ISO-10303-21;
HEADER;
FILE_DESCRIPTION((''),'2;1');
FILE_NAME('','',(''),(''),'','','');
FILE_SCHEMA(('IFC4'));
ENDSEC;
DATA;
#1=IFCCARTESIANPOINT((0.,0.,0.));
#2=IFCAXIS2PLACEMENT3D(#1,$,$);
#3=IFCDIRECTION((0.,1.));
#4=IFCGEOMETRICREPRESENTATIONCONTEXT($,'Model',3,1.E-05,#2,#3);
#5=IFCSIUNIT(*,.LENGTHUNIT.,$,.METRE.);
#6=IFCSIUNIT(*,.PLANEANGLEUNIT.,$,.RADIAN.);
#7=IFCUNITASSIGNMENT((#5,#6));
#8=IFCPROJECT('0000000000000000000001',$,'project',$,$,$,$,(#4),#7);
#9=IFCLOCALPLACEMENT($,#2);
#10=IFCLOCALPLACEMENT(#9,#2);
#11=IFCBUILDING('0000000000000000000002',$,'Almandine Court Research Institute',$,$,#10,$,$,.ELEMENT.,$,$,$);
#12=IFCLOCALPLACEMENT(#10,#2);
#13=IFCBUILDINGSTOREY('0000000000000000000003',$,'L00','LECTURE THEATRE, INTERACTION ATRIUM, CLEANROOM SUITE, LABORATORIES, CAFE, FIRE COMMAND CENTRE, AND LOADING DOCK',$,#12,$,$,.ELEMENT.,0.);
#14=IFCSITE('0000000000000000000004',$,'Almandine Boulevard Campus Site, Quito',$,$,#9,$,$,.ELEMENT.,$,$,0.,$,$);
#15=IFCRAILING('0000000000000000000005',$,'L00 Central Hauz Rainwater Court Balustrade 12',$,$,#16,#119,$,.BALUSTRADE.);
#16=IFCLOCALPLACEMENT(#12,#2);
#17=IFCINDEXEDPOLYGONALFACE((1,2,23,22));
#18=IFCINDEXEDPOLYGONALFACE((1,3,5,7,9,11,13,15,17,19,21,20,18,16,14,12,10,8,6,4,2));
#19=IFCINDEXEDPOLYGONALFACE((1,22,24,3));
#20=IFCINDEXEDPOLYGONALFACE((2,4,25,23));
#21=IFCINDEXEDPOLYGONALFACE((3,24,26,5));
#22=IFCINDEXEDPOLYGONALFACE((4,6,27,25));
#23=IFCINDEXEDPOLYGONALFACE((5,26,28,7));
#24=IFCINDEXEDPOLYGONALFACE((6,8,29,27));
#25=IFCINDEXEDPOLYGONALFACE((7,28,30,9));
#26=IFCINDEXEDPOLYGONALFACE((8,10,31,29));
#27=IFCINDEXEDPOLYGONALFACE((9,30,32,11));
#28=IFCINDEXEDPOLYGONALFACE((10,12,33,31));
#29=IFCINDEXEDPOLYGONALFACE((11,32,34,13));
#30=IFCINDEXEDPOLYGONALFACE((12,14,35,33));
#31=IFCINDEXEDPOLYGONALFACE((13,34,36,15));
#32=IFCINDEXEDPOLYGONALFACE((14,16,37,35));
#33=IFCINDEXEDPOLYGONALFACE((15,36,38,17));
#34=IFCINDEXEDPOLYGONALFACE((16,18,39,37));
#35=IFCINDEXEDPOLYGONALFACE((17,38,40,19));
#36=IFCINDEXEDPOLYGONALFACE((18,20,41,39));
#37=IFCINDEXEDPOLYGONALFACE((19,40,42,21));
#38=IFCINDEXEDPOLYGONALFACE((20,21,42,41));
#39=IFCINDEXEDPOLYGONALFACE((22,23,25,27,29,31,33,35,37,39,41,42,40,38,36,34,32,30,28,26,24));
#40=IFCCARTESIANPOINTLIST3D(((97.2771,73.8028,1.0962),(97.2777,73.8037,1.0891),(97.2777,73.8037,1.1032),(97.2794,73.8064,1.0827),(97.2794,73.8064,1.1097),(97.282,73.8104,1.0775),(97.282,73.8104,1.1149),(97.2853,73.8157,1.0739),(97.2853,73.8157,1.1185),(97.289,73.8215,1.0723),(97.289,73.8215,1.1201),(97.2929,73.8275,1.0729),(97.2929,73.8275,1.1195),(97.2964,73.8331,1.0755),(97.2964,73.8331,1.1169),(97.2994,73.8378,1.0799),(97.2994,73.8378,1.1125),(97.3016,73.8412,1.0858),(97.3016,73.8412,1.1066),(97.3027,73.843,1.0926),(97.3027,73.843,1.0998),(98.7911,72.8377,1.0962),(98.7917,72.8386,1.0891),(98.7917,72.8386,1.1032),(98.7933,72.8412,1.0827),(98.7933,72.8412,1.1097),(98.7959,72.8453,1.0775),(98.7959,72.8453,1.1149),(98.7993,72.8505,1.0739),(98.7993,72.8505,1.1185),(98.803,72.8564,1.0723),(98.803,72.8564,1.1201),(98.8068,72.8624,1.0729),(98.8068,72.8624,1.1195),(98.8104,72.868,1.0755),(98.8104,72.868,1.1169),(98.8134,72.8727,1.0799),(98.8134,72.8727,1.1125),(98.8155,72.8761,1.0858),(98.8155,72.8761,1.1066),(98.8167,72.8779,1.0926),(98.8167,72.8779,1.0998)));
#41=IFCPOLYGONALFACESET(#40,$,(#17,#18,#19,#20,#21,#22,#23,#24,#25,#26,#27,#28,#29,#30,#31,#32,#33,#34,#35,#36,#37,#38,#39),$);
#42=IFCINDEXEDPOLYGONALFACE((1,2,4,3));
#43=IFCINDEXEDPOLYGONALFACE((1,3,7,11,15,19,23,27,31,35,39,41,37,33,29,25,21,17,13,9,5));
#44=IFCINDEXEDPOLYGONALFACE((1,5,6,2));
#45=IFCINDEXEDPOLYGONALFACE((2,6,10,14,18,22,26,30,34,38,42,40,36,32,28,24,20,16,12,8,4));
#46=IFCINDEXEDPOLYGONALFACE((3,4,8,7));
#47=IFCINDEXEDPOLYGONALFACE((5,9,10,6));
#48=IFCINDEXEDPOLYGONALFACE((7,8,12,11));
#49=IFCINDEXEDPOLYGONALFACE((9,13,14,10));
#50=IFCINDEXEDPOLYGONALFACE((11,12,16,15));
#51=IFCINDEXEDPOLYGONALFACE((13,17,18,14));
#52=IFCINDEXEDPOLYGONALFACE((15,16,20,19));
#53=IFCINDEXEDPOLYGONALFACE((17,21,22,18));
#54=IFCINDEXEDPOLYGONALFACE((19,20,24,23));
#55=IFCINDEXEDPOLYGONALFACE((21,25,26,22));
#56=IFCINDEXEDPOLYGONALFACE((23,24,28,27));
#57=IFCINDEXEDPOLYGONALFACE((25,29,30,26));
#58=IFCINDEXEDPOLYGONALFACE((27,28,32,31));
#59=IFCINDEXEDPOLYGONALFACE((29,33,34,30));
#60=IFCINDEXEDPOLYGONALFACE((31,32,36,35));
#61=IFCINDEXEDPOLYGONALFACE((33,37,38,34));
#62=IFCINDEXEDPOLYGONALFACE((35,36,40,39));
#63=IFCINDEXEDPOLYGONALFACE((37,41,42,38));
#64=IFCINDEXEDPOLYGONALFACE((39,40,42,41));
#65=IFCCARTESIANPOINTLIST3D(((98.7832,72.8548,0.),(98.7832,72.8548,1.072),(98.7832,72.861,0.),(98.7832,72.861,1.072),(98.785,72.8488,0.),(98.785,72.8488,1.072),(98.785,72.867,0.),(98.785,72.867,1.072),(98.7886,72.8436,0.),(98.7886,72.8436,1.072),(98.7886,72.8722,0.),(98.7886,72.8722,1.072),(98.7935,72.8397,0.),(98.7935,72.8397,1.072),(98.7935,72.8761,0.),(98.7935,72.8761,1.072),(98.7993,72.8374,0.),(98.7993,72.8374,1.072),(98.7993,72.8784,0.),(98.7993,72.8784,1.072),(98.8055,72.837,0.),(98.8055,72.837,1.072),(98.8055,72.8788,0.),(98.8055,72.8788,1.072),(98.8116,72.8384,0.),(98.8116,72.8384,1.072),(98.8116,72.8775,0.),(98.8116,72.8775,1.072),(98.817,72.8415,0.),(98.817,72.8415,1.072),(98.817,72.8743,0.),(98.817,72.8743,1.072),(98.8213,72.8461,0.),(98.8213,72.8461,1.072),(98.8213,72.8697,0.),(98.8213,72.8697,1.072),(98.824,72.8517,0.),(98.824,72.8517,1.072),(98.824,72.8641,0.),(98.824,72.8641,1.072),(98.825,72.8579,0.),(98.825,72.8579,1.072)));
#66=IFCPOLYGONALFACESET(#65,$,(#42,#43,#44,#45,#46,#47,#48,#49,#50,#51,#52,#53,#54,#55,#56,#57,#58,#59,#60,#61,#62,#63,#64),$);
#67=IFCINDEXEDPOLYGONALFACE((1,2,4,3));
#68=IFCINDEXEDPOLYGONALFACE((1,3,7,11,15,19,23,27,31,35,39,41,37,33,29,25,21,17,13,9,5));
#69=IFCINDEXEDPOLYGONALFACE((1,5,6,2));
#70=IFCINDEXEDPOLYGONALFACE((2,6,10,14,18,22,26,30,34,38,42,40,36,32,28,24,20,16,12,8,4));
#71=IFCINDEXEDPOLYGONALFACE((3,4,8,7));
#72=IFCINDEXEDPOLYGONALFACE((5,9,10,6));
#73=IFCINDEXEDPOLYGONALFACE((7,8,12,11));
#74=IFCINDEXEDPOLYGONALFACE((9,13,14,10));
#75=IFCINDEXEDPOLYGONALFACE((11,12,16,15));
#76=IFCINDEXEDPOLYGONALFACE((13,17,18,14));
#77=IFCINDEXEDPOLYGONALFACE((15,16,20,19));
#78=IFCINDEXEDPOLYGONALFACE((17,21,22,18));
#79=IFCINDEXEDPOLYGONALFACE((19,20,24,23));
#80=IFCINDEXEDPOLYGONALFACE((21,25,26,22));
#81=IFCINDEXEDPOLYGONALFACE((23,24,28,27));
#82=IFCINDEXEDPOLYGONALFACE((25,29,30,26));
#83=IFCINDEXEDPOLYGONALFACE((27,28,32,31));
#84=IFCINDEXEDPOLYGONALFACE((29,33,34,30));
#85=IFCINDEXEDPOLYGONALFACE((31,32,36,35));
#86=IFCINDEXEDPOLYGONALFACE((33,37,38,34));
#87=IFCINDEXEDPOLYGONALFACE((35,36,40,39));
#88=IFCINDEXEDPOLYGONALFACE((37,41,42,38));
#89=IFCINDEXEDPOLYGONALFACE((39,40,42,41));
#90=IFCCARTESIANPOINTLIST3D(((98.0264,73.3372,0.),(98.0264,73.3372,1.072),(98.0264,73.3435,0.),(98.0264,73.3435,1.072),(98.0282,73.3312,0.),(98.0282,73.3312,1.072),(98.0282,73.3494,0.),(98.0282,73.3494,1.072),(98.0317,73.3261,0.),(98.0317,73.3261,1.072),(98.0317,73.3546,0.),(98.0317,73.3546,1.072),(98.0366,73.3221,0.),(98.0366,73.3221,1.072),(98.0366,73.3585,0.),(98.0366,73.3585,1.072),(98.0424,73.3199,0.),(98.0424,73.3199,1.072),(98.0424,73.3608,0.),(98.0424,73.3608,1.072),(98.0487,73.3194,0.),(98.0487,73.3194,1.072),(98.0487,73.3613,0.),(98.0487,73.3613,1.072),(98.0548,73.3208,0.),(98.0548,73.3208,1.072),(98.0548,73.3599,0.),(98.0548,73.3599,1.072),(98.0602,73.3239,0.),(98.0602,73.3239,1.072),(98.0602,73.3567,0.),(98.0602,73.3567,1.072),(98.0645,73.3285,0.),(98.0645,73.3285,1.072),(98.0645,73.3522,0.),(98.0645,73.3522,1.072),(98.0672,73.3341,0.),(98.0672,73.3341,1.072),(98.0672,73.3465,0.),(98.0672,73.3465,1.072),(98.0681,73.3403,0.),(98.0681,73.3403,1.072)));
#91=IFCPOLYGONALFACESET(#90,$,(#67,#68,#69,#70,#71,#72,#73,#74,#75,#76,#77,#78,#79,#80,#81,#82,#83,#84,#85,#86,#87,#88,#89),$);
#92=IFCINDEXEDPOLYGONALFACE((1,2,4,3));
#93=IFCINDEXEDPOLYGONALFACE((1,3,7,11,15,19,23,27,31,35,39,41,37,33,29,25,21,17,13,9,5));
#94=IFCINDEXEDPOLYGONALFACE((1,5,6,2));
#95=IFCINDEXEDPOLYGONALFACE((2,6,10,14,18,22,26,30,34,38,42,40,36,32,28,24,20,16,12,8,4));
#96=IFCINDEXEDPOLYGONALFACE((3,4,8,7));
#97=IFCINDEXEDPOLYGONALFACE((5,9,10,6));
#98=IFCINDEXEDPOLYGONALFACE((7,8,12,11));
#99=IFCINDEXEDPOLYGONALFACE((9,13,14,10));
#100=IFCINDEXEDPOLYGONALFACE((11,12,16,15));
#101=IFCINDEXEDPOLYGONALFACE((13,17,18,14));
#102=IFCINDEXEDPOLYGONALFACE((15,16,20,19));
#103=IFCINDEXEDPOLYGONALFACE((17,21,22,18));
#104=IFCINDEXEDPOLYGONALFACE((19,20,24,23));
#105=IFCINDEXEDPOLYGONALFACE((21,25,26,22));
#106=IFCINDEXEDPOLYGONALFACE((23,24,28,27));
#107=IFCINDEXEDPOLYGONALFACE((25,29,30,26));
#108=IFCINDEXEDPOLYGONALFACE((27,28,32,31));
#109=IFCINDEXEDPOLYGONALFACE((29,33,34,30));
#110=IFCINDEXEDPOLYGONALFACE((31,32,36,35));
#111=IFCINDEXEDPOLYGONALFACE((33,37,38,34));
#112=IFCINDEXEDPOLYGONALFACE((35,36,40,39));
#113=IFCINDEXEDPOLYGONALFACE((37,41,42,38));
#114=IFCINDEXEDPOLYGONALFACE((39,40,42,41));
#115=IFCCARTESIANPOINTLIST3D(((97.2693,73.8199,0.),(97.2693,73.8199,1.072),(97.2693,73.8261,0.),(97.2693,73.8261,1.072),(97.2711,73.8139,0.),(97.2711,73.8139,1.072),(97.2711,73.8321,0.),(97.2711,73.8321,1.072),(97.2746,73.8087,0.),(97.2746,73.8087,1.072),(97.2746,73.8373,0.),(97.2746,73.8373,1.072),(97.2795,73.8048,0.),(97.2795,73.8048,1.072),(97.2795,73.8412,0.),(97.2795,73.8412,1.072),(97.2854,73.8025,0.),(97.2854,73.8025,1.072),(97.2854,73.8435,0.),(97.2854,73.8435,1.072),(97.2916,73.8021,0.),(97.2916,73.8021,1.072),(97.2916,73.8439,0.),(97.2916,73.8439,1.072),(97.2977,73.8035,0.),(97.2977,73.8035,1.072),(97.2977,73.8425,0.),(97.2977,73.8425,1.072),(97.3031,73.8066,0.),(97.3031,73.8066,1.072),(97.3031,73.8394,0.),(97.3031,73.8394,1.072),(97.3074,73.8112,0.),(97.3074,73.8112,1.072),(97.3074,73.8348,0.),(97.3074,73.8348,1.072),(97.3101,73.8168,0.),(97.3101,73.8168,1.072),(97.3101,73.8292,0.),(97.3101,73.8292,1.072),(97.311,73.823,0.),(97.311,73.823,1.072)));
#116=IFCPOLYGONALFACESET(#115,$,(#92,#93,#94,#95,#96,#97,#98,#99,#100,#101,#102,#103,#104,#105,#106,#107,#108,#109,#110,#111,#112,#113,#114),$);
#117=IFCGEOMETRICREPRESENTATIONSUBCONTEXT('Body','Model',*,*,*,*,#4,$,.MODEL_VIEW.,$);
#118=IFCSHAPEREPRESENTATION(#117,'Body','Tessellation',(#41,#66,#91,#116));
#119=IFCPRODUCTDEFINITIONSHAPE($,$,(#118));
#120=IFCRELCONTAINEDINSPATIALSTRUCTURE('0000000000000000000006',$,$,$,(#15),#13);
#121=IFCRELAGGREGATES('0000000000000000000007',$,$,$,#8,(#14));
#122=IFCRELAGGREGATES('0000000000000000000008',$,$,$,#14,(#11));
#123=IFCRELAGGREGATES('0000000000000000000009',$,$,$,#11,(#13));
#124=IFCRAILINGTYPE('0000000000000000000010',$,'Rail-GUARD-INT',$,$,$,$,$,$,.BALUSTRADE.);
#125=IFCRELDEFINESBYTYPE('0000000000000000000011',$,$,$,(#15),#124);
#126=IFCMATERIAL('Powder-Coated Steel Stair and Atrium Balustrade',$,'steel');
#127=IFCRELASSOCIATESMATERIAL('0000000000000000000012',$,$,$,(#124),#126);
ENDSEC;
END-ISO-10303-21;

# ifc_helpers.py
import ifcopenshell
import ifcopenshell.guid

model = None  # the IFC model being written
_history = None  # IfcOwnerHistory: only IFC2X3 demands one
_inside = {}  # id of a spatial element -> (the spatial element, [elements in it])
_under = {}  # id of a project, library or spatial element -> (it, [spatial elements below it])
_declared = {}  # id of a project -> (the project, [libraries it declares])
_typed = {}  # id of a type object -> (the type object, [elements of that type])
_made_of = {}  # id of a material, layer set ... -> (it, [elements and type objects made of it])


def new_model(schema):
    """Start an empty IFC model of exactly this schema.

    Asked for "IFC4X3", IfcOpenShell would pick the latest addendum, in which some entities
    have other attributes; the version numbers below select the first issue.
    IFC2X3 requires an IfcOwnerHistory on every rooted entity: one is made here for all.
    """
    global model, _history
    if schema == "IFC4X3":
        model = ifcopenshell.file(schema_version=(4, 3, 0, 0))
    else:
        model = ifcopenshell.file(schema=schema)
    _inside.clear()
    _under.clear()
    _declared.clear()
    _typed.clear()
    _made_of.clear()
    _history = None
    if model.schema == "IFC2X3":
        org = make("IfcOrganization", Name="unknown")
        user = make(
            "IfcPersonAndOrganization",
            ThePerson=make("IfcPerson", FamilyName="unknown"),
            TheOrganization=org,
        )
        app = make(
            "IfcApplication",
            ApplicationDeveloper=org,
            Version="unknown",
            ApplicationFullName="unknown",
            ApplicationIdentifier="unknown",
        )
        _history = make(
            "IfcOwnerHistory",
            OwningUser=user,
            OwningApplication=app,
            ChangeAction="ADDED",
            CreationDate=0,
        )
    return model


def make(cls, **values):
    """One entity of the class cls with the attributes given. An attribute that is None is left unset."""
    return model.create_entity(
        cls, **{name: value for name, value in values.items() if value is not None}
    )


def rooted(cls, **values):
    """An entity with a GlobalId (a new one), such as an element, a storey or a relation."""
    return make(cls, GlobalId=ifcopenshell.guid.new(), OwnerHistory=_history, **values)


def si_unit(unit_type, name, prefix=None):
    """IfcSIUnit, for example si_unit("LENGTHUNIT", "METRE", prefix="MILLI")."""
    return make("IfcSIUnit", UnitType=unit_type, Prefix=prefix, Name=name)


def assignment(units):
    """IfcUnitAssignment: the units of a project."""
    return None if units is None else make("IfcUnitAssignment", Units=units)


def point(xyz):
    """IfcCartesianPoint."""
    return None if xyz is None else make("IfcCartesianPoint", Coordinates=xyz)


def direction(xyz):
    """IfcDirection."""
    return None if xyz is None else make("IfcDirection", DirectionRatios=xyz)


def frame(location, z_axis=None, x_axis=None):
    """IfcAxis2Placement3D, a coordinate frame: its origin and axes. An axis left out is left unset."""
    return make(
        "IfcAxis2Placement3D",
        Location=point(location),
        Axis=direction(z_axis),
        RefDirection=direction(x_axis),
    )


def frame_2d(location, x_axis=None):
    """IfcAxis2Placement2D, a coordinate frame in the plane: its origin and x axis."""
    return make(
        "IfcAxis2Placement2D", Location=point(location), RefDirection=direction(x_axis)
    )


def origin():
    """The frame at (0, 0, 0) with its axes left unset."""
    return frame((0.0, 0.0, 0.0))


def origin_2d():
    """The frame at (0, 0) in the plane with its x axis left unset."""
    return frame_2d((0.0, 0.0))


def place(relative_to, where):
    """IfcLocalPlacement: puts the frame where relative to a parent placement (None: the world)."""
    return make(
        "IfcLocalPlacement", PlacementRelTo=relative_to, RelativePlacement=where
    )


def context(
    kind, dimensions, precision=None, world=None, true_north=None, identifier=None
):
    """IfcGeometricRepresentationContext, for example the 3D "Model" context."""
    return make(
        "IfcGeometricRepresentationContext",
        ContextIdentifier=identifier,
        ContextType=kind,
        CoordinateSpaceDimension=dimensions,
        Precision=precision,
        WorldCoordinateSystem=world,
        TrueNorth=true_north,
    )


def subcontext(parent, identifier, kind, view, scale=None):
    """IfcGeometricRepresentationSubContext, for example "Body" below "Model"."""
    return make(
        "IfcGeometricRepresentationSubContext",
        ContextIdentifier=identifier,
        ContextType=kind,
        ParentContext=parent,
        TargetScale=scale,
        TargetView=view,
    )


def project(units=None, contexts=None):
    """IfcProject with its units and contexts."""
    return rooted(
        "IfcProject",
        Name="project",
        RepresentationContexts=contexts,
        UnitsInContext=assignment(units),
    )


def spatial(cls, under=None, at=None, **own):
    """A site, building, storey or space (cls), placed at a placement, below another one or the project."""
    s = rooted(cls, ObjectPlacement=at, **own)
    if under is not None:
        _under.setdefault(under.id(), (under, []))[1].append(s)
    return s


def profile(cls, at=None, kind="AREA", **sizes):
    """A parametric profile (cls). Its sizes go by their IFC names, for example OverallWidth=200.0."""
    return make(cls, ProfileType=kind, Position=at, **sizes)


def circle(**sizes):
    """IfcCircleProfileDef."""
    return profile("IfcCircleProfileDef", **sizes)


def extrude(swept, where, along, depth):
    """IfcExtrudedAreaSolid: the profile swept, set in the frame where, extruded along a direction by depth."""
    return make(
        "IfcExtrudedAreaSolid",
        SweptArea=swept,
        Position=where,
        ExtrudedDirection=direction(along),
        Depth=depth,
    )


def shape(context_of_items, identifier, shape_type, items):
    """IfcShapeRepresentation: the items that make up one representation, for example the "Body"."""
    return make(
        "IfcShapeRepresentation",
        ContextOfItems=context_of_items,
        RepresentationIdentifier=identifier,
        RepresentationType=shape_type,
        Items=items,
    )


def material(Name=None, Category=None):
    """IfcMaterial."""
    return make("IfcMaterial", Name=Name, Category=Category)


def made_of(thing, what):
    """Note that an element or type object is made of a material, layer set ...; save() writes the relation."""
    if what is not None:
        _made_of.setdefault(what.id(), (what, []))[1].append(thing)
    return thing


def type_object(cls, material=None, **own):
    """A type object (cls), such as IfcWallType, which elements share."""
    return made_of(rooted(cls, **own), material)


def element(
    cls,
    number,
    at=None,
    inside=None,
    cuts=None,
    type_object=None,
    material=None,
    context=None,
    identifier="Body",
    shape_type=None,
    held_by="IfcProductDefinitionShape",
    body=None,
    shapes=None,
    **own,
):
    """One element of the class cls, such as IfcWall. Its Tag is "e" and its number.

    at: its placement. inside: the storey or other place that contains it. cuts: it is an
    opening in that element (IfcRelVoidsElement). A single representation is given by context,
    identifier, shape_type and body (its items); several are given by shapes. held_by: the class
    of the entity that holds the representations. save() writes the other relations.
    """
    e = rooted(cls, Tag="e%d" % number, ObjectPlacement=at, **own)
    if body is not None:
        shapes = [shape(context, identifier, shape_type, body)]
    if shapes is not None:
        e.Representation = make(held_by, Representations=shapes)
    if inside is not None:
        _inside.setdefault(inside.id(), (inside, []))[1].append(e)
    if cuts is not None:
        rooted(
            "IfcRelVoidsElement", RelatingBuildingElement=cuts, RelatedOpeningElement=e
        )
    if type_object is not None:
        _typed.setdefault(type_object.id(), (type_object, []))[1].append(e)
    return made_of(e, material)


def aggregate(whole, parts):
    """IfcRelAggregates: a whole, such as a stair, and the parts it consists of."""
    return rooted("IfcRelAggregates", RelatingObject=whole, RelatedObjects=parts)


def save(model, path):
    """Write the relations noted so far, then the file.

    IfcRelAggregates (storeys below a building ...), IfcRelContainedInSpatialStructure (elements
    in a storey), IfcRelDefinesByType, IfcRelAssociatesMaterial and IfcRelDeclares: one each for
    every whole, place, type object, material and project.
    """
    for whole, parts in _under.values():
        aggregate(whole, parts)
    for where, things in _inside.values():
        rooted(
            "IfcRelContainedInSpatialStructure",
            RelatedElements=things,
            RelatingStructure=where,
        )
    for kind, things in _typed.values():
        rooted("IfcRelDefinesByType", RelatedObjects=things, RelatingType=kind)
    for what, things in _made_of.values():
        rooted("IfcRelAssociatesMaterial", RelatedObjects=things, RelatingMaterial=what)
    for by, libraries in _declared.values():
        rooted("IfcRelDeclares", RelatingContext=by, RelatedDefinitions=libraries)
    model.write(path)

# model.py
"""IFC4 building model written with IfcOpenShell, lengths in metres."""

from ifc_helpers import new_model, si_unit, direction, frame, origin, origin_2d, place, context, subcontext, project, spatial, circle, extrude, material, type_object, element, save


model = new_model("IFC4")

# Units and contexts
model_context = context("Model", 3, precision=1e-05, world=origin(), true_north=direction((0.0, 1.0)))
body_context = subcontext(model_context, "Body", "Model", "MODEL_VIEW")
ifc_project = project(units=[si_unit("LENGTHUNIT", "METRE"), si_unit("PLANEANGLEUNIT", "RADIAN")], contexts=[model_context])

# Site, building, storey
site_placement = place(None, origin())
site = spatial("IfcSite", under=ifc_project, at=site_placement, Name="Almandine Boulevard Campus Site, Quito", CompositionType="ELEMENT", RefElevation=0.0)
building_placement = place(site_placement, origin())
building = spatial("IfcBuilding", under=site, at=building_placement, Name="Almandine Court Research Institute", CompositionType="ELEMENT")
storey_placement = place(building_placement, origin())
storey = spatial("IfcBuildingStorey", under=building, at=storey_placement, Name="L00", Description="LECTURE THEATRE, INTERACTION ATRIUM, CLEANROOM SUITE, LABORATORIES, CAFE, FIRE COMMAND CENTRE, AND LOADING DOCK", CompositionType="ELEMENT", Elevation=0.0)

# Railing
ifc_material_1 = material(Name="Powder-Coated Steel Stair and Atrium Balustrade", Category="steel")
railing_type = type_object("IfcRailingType", Name="Rail-GUARD-INT", PredefinedType="BALUSTRADE", material=ifc_material_1)
railing_1_placement = place(storey_placement, frame((98.804, 72.8579, 0.0)))
element("IfcRailing", 1, at=railing_1_placement, inside=storey, type_object=railing_type, Name="L00 Central Hauz Rainwater Court Balustrade 12", PredefinedType="BALUSTRADE", context=body_context, shape_type="SweptSolid", body=[
    extrude(circle(Radius=0.0239, at=origin_2d()), frame((0.0, 0.0, 1.0962), z_axis=(-0.843236, 0.537544, 0.0), x_axis=(-0.537544, -0.843236, 0.0)), (0.0, 0.0, 1.0), 1.7954),
    extrude(circle(Radius=0.021, at=origin_2d()), origin(), (0.0, 0.0, 1.0), 1.072),
    extrude(circle(Radius=0.021, at=origin_2d()), frame((-0.7568, 0.4824, 0.0)), (0.0, 0.0, 1.0), 1.072),
    extrude(circle(Radius=0.021, at=origin_2d()), frame((-1.5139, 0.9651, 0.0)), (0.0, 0.0, 1.0), 1.072),
])

save(model, "model.ifc")
